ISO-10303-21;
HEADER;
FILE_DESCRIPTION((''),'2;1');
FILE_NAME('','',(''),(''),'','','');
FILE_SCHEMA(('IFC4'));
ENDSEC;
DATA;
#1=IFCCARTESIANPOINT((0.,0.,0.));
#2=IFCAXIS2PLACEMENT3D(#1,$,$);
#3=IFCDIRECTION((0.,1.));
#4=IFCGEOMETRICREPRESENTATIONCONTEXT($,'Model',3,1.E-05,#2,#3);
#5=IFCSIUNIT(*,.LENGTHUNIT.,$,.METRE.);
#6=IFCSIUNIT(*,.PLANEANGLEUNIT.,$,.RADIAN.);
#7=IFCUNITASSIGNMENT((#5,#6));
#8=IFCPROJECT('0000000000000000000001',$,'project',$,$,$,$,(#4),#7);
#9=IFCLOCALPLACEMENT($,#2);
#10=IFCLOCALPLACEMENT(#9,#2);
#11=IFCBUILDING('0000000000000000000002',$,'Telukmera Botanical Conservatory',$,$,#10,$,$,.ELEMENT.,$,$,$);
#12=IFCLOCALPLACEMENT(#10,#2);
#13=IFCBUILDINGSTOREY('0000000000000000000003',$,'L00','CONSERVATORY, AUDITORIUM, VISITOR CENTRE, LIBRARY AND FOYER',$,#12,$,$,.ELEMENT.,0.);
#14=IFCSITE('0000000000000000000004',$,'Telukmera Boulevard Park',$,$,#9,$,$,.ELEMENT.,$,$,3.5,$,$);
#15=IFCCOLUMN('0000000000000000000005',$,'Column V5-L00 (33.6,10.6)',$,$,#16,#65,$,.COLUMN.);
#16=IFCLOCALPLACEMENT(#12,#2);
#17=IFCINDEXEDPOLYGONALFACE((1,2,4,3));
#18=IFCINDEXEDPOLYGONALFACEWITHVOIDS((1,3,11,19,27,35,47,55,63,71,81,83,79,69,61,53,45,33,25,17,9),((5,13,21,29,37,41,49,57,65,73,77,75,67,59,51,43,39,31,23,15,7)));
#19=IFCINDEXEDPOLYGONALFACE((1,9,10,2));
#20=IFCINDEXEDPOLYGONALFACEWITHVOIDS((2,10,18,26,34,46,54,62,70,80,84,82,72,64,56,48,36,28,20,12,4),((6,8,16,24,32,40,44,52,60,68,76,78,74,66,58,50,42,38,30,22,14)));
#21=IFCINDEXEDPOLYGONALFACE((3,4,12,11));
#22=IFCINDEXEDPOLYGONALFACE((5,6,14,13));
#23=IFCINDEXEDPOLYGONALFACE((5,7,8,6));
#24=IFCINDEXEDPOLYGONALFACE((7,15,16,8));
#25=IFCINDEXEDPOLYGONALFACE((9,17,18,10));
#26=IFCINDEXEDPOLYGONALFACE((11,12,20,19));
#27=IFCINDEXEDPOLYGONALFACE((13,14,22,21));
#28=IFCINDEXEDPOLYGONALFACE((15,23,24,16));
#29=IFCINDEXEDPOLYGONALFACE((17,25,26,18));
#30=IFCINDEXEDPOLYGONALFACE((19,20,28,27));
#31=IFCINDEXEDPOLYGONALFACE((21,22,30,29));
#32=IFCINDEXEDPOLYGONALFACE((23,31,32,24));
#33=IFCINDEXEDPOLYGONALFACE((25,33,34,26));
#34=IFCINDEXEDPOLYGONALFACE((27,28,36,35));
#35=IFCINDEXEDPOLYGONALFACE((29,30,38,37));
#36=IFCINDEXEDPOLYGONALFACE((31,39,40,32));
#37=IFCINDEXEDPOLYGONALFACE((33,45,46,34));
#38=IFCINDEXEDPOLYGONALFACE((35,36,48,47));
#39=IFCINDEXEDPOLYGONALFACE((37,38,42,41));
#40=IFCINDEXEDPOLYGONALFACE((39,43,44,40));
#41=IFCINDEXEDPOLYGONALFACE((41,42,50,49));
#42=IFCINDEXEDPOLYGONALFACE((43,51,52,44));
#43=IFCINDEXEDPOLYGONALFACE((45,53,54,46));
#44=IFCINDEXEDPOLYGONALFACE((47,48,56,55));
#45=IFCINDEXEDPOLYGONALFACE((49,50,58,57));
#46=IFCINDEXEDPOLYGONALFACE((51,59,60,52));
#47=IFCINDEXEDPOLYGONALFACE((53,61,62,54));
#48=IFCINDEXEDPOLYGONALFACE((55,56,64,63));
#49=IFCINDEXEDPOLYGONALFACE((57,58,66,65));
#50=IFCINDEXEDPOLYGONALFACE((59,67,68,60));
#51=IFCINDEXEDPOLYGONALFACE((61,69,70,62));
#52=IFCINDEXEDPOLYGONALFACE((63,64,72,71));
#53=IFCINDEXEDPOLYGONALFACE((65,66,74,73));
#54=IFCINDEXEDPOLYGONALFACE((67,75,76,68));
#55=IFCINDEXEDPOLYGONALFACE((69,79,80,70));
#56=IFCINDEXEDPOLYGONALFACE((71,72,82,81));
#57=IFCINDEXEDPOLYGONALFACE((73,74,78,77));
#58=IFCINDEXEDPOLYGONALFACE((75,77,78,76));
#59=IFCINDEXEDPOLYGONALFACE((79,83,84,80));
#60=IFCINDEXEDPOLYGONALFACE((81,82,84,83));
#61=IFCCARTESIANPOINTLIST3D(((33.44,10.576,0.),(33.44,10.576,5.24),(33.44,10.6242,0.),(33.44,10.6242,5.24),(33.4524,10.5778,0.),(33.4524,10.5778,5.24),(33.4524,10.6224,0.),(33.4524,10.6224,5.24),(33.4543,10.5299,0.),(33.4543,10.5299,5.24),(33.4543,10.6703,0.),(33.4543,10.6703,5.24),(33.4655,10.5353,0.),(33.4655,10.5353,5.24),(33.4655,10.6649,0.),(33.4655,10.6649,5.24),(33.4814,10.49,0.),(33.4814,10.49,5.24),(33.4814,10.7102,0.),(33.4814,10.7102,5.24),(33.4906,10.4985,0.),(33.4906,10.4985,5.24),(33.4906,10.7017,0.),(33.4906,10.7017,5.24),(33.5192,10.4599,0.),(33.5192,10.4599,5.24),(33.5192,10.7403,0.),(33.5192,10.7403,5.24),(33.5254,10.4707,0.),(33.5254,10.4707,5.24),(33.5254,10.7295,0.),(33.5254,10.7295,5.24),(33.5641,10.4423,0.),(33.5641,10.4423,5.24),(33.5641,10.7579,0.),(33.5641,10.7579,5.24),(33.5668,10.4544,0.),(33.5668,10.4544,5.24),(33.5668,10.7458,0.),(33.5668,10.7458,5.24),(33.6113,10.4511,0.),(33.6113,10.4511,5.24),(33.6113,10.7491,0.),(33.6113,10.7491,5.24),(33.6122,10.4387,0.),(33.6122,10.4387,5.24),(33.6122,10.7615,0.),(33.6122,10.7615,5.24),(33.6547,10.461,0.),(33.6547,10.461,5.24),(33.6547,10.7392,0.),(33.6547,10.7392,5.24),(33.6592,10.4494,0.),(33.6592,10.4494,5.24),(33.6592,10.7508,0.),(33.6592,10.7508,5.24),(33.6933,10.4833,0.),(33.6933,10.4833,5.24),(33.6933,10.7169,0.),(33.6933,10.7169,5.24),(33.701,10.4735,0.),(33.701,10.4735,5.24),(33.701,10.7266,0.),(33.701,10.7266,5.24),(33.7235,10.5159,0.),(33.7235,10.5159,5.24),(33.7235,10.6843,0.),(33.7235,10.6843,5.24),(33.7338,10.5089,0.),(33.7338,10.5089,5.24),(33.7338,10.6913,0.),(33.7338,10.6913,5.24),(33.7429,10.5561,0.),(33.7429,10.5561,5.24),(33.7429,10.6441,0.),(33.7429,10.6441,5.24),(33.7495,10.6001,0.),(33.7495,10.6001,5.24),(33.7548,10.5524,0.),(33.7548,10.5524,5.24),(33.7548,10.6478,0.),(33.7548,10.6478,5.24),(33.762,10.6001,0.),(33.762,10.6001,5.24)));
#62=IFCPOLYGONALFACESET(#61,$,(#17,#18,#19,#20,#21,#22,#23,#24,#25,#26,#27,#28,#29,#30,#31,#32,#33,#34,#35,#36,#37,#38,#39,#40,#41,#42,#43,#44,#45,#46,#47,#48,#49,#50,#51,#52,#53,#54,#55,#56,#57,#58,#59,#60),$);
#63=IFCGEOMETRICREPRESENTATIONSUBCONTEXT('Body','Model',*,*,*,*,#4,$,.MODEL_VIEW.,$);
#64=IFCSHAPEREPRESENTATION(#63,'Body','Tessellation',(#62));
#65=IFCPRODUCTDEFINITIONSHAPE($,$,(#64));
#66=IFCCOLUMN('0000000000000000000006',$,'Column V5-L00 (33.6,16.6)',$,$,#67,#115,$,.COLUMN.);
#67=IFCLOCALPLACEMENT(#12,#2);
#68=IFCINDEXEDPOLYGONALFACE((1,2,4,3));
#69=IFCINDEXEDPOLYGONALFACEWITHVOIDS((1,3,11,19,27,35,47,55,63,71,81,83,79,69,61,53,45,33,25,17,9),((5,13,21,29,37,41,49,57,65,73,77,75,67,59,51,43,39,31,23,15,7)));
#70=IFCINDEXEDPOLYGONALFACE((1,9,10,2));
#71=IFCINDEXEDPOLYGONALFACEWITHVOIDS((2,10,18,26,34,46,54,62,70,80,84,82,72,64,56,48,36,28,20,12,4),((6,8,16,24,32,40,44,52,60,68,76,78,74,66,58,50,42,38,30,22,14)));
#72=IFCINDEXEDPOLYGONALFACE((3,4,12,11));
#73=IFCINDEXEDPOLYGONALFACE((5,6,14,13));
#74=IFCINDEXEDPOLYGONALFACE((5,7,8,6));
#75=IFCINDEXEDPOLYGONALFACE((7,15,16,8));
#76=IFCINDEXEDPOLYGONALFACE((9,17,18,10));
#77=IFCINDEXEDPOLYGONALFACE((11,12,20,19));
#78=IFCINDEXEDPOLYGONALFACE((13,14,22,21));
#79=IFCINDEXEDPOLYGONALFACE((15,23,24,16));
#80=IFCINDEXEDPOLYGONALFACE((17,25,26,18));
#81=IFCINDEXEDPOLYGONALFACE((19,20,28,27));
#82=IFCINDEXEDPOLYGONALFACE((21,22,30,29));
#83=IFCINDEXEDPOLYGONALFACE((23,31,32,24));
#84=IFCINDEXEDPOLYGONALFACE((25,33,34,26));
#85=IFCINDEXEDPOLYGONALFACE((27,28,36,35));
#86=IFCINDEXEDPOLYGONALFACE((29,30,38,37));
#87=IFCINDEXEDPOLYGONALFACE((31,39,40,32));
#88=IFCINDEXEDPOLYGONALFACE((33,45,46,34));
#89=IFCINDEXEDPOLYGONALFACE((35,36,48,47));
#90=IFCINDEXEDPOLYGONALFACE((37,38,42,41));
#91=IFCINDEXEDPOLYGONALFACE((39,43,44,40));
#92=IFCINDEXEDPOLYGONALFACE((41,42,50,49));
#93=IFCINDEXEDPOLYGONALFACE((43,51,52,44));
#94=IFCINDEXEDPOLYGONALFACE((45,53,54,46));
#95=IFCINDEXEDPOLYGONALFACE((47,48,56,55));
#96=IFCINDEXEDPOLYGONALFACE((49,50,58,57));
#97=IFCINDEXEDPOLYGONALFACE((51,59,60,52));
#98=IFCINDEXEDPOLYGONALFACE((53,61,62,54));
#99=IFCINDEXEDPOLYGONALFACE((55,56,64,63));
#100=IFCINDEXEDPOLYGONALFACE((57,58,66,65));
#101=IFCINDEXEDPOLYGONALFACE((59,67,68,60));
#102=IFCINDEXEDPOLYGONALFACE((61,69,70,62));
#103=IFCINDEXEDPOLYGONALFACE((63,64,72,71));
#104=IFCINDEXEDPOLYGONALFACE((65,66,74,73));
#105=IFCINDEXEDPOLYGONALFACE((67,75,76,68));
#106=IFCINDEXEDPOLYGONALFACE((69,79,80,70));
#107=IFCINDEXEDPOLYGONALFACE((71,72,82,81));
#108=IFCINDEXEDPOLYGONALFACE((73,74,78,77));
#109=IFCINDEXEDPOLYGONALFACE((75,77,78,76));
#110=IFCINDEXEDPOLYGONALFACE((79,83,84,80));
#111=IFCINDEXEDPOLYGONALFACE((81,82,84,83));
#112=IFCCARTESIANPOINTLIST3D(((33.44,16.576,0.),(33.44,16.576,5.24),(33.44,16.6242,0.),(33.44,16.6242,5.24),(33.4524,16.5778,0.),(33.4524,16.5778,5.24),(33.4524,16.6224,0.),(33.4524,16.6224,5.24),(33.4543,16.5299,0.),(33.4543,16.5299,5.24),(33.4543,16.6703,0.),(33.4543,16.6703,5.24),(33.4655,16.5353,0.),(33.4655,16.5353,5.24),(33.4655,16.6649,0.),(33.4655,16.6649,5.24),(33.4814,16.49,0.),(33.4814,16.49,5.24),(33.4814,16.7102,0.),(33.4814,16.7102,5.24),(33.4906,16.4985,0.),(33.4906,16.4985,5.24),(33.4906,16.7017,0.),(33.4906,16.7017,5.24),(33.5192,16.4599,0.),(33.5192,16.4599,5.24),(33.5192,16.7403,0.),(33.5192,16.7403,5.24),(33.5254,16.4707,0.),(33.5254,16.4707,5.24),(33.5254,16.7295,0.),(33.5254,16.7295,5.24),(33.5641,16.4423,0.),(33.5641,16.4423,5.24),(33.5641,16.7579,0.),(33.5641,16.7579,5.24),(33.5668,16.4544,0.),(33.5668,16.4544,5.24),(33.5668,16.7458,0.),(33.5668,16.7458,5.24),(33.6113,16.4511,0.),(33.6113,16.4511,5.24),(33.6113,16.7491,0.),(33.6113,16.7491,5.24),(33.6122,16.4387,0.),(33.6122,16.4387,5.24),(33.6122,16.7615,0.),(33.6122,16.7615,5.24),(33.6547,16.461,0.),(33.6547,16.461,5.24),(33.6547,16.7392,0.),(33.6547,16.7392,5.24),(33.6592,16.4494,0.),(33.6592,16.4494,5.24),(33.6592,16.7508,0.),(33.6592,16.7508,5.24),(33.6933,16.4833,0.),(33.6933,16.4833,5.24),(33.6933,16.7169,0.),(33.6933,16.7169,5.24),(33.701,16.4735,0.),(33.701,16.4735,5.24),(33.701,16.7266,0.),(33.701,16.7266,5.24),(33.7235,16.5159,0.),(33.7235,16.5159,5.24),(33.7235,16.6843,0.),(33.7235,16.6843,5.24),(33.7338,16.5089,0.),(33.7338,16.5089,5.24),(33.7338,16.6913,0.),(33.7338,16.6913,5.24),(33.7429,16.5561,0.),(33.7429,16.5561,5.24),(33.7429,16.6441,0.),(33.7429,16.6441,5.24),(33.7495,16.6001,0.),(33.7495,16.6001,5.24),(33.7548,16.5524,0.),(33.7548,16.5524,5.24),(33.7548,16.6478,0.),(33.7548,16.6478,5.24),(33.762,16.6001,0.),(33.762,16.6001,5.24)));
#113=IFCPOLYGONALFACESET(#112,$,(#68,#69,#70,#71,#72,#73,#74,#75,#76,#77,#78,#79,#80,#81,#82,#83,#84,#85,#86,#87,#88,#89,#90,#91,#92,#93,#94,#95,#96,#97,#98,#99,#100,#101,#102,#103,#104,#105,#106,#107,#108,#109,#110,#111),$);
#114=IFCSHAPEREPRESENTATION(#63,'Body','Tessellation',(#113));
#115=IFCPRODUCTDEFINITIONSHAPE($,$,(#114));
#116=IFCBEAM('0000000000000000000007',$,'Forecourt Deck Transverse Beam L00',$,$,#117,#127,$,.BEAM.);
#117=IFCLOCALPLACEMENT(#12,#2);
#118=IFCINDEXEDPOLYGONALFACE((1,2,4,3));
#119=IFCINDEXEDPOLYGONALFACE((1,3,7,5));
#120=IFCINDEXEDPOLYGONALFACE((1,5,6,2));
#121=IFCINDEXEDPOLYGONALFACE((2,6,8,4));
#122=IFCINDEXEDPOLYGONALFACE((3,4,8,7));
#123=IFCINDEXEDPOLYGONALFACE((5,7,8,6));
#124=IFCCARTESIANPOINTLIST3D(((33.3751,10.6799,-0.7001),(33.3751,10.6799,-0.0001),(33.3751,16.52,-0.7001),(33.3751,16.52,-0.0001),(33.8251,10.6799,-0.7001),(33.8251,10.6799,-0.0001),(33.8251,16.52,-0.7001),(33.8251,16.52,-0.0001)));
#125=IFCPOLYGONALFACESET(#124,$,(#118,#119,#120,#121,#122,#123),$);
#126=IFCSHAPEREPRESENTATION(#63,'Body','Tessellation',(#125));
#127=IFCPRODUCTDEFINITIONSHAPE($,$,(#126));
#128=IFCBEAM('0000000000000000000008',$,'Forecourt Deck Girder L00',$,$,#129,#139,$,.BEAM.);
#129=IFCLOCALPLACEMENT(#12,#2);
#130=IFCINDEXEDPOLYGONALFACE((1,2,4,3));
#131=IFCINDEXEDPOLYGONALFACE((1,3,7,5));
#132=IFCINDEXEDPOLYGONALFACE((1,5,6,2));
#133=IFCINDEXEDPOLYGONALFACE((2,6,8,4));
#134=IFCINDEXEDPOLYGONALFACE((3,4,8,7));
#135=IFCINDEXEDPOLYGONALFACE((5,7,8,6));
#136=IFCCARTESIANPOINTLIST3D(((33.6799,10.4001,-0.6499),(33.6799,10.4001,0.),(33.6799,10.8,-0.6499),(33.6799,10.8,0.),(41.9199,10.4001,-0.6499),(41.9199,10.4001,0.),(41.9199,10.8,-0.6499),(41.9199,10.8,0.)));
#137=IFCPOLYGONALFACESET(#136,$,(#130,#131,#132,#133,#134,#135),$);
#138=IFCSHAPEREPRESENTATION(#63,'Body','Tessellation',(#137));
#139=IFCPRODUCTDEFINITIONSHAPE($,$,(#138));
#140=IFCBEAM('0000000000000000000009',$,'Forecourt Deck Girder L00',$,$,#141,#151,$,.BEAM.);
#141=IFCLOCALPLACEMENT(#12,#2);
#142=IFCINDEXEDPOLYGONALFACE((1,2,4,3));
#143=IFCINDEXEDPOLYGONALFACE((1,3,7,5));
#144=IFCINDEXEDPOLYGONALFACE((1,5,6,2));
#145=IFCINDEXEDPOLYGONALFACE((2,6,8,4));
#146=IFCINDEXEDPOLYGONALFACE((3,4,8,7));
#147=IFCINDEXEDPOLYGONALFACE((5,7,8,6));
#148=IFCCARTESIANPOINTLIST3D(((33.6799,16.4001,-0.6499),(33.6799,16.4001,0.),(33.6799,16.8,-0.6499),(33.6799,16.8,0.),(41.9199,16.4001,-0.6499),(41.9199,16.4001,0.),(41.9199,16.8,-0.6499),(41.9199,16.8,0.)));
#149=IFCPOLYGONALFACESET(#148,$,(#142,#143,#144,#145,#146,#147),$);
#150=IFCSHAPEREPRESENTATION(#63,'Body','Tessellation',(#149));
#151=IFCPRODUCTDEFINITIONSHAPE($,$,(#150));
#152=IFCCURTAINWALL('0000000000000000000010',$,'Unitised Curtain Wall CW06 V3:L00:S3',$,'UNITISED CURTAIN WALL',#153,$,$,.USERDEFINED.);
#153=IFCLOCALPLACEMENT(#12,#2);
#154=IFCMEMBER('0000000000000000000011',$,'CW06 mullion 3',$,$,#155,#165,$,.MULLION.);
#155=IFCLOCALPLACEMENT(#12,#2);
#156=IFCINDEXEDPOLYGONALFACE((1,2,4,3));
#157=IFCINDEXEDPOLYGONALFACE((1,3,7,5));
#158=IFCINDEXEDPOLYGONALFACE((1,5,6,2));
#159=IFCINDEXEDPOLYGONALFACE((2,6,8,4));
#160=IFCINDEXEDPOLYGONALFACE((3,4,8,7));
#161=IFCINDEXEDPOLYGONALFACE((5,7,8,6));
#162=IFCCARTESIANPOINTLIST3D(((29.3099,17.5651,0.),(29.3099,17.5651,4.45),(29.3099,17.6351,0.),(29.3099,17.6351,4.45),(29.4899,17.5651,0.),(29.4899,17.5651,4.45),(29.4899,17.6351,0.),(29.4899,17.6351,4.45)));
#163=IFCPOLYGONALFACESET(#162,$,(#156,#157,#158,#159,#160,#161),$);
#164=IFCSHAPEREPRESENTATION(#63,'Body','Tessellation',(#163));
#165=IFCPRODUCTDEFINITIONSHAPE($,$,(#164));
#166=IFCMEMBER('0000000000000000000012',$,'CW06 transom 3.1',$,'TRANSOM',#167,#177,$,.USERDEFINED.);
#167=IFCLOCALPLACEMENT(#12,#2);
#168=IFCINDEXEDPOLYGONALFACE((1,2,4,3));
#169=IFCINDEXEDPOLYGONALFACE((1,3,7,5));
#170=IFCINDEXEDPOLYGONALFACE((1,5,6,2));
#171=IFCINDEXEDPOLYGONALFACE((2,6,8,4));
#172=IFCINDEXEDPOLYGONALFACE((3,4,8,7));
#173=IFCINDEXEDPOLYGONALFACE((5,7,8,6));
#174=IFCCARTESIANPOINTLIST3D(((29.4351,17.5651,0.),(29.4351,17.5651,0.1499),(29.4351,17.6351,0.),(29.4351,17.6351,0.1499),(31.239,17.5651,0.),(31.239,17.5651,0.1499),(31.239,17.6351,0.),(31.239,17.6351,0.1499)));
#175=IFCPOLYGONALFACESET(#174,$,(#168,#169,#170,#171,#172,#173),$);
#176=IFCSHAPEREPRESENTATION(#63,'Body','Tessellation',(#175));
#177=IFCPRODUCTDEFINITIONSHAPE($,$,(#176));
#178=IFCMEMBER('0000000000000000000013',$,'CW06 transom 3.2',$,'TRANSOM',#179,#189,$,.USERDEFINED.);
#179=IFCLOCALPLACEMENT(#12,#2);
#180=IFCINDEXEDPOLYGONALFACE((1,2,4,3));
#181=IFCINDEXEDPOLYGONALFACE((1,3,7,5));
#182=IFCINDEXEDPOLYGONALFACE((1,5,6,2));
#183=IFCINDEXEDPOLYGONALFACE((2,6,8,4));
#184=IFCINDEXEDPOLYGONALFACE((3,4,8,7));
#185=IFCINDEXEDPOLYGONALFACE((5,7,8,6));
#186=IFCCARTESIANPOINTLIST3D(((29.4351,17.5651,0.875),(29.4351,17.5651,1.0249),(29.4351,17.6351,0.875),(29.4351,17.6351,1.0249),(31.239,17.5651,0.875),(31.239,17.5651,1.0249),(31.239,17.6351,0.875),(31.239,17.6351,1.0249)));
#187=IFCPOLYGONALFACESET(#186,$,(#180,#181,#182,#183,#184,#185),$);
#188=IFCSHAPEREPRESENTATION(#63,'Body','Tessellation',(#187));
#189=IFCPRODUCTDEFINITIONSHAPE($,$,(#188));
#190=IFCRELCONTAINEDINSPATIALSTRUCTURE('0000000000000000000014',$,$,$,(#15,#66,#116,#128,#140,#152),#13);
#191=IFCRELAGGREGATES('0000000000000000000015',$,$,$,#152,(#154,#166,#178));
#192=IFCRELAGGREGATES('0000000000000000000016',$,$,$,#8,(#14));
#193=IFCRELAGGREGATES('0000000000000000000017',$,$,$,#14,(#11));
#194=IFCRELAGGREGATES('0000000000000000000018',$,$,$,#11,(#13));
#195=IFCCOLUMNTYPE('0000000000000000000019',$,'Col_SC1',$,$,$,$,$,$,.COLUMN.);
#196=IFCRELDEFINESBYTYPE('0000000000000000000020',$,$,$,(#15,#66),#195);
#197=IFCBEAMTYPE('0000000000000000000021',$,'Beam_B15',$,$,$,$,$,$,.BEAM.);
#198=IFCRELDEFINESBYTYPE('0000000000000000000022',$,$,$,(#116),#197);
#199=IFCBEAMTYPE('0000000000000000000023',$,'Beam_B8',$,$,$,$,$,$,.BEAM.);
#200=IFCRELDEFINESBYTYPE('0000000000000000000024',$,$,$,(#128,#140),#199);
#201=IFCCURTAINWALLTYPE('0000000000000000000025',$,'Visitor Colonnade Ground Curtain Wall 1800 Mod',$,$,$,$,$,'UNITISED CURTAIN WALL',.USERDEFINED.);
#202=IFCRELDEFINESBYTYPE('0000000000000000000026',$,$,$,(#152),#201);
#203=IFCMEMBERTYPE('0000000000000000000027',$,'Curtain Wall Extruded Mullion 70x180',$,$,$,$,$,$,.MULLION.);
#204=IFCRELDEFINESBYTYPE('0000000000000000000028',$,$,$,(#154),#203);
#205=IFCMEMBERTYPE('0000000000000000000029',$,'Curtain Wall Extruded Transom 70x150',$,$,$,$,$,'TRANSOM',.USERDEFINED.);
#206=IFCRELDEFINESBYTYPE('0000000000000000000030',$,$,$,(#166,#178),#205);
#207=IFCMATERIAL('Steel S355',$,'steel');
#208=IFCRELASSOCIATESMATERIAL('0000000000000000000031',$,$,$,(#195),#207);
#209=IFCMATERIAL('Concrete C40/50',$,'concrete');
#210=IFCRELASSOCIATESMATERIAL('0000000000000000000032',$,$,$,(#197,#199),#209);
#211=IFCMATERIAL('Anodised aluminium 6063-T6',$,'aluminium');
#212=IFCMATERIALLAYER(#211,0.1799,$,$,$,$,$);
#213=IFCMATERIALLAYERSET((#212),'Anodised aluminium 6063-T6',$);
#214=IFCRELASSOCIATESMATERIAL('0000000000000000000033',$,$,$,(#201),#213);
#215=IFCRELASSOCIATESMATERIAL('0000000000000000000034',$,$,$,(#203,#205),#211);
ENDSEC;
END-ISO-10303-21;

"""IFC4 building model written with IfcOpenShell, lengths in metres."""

from ifc_helpers import new_model, si_unit, direction, frame, origin, origin_2d, place, context, subcontext, project, spatial, rectangle, hollow_circle, extrude, material, layer, layer_set, material_profile, profile_set, type_object, element, aggregate, save


model = new_model("IFC4")

# Units and contexts
model_context = context("Model", 3, precision=1e-05, world=origin(), true_north=direction((0.0, 1.0)))
body_context = subcontext(model_context, "Body", "Model", "MODEL_VIEW")
ifc_project = project(units=[si_unit("LENGTHUNIT", "METRE"), si_unit("PLANEANGLEUNIT", "RADIAN")], contexts=[model_context])

# Site, building, storey
site_placement = place(None, origin())
site = spatial("IfcSite", under=ifc_project, at=site_placement, Name="Telukmera Boulevard Park", CompositionType="ELEMENT", RefElevation=3.5)
building_placement = place(site_placement, origin())
building = spatial("IfcBuilding", under=site, at=building_placement, Name="Telukmera Botanical Conservatory", CompositionType="ELEMENT")
storey_placement = place(building_placement, origin())
storey = spatial("IfcBuildingStorey", under=building, at=storey_placement, Name="L00", Description="CONSERVATORY, AUDITORIUM, VISITOR CENTRE, LIBRARY AND FOYER", CompositionType="ELEMENT", Elevation=0.0)

# Columns
ifc_material_1 = material(Name="Steel S355", Category="steel")
ifc_material_profile_1 = material_profile(ifc_material_1, hollow_circle(Radius=0.1619, WallThickness=0.0125, at=origin_2d()), Name="CHS 323.9x12.5")
ifc_profile_set_1 = profile_set([ifc_material_profile_1], Name="Steel S355")
column_type = type_object("IfcColumnType", Name="Col_SC1", PredefinedType="COLUMN", material=ifc_profile_set_1)
for number, where, z_axis, x_axis, name in (
    (1, (33.6001, 10.6001, 0.0), (0.0, 0.0, 1.0), (1.0, 0.0, 0.0), "Column V5-L00 (33.6,10.6)"),
    (2, (33.6001, 16.6001, 0.0), (0.0, 0.0, 1.0), (1.0, 0.0, 0.0), "Column V5-L00 (33.6,16.6)"),
):
    element("IfcColumn", number, at=place(storey_placement, frame(where, z_axis=z_axis, x_axis=x_axis)), inside=storey, type_object=column_type, Name=name, PredefinedType="COLUMN", context=body_context, shape_type="SweptSolid", body=[
        extrude(hollow_circle(Radius=0.1619, WallThickness=0.0125, at=origin_2d()), origin(), (0.0, 0.0, 1.0), 5.24),
    ])

# Beams
ifc_material_2 = material(Name="Concrete C40/50", Category="concrete")
ifc_material_profile_2 = material_profile(ifc_material_2, rectangle(XDim=0.45, YDim=0.7, at=origin_2d()), Name="RC 450x700")
ifc_profile_set_2 = profile_set([ifc_material_profile_2], Name="Concrete C40/50")
beam_type_1 = type_object("IfcBeamType", Name="Beam_B15", PredefinedType="BEAM", material=ifc_profile_set_2)
beam_placement = place(storey_placement, frame((33.6001, 10.6799, -0.3501), z_axis=(0.0, 1.0, 0.0), x_axis=(-1.0, 0.0, 0.0)))
element("IfcBeam", 3, at=beam_placement, inside=storey, type_object=beam_type_1, Name="Forecourt Deck Transverse Beam L00", PredefinedType="BEAM", context=body_context, shape_type="SweptSolid", body=[
    extrude(rectangle(XDim=0.45, YDim=0.7, at=origin_2d()), origin(), (0.0, 0.0, 1.0), 5.8401),
])
ifc_material_profile_3 = material_profile(ifc_material_2, rectangle(XDim=0.3999, YDim=0.6499, at=origin_2d()), Name="RC 400x650")
ifc_profile_set_3 = profile_set([ifc_material_profile_3], Name="Concrete C40/50")
beam_type_2 = type_object("IfcBeamType", Name="Beam_B8", PredefinedType="BEAM", material=ifc_profile_set_3)
for number, where, z_axis, x_axis, name in (
    (4, (33.6799, 10.6001, -0.325), (1.0, 0.0, 0.0), (0.0, 1.0, 0.0), "Forecourt Deck Girder L00"),
    (5, (33.6799, 16.6001, -0.325), (1.0, 0.0, 0.0), (0.0, 1.0, 0.0), "Forecourt Deck Girder L00"),
):
    element("IfcBeam", number, at=place(storey_placement, frame(where, z_axis=z_axis, x_axis=x_axis)), inside=storey, type_object=beam_type_2, Name=name, PredefinedType="BEAM", context=body_context, shape_type="SweptSolid", body=[
        extrude(rectangle(XDim=0.3999, YDim=0.6499, at=origin_2d()), origin(), (0.0, 0.0, 1.0), 8.24),
    ])

# Curtain wall, members
ifc_material_3 = material(Name="Anodised aluminium 6063-T6", Category="aluminium")
ifc_layer_1 = layer(ifc_material_3, 0.1799)
ifc_layer_set_1 = layer_set([ifc_layer_1], Name="Anodised aluminium 6063-T6")
curtain_wall_type = type_object("IfcCurtainWallType", Name="Visitor Colonnade Ground Curtain Wall 1800 Mod", ElementType="UNITISED CURTAIN WALL", PredefinedType="USERDEFINED", material=ifc_layer_set_1)
curtain_wall_placement = place(storey_placement, origin())
curtain_wall = element("IfcCurtainWall", 6, at=curtain_wall_placement, inside=storey, type_object=curtain_wall_type, Name="Unitised Curtain Wall CW06 V3:L00:S3", ObjectType="UNITISED CURTAIN WALL", PredefinedType="USERDEFINED")
ifc_material_profile_4 = material_profile(ifc_material_3, rectangle(XDim=0.0701, YDim=0.1799, at=origin_2d()), Name="ALU MULL 70x180")
ifc_profile_set_4 = profile_set([ifc_material_profile_4], Name="Anodised aluminium 6063-T6")
member_type_1 = type_object("IfcMemberType", Name="Curtain Wall Extruded Mullion 70x180", PredefinedType="MULLION", material=ifc_profile_set_4)
member_1_placement = place(storey_placement, frame((29.3999, 17.6001, 0.0), z_axis=(0.0, 0.0, 1.0), x_axis=(0.0, 1.0, 0.0)))
member_1 = element("IfcMember", 7, at=member_1_placement, type_object=member_type_1, Name="CW06 mullion 3", PredefinedType="MULLION", context=body_context, shape_type="SweptSolid", body=[
    extrude(rectangle(XDim=0.0701, YDim=0.1799, at=origin_2d()), origin(), (0.0, 0.0, 1.0), 4.45),
])
ifc_material_profile_5 = material_profile(ifc_material_3, rectangle(XDim=0.0701, YDim=0.1499, at=origin_2d()), Name="ALU TRAN 70x150")
ifc_profile_set_5 = profile_set([ifc_material_profile_5], Name="Anodised aluminium 6063-T6")
member_type_2 = type_object("IfcMemberType", Name="Curtain Wall Extruded Transom 70x150", ElementType="TRANSOM", PredefinedType="USERDEFINED", material=ifc_profile_set_5)
member_2_placement = place(storey_placement, frame((29.4351, 17.6001, 0.075), z_axis=(1.0, 0.0, 0.0), x_axis=(0.0, 1.0, 0.0)))
member_2 = element("IfcMember", 8, at=member_2_placement, type_object=member_type_2, Name="CW06 transom 3.1", ObjectType="TRANSOM", PredefinedType="USERDEFINED", context=body_context, shape_type="SweptSolid", body=[
    extrude(rectangle(XDim=0.0701, YDim=0.1499, at=origin_2d()), origin(), (0.0, 0.0, 1.0), 1.804),
])
member_3_placement = place(storey_placement, frame((29.4351, 17.6001, 0.95), z_axis=(1.0, 0.0, 0.0), x_axis=(0.0, 1.0, 0.0)))
member_3 = element("IfcMember", 9, at=member_3_placement, type_object=member_type_2, Name="CW06 transom 3.2", ObjectType="TRANSOM", PredefinedType="USERDEFINED", context=body_context, shape_type="SweptSolid", body=[
    extrude(rectangle(XDim=0.0701, YDim=0.1499, at=origin_2d()), origin(), (0.0, 0.0, 1.0), 1.804),
])

aggregate(curtain_wall, [member_1, member_2, member_3])

save(model, "model.ifc")
